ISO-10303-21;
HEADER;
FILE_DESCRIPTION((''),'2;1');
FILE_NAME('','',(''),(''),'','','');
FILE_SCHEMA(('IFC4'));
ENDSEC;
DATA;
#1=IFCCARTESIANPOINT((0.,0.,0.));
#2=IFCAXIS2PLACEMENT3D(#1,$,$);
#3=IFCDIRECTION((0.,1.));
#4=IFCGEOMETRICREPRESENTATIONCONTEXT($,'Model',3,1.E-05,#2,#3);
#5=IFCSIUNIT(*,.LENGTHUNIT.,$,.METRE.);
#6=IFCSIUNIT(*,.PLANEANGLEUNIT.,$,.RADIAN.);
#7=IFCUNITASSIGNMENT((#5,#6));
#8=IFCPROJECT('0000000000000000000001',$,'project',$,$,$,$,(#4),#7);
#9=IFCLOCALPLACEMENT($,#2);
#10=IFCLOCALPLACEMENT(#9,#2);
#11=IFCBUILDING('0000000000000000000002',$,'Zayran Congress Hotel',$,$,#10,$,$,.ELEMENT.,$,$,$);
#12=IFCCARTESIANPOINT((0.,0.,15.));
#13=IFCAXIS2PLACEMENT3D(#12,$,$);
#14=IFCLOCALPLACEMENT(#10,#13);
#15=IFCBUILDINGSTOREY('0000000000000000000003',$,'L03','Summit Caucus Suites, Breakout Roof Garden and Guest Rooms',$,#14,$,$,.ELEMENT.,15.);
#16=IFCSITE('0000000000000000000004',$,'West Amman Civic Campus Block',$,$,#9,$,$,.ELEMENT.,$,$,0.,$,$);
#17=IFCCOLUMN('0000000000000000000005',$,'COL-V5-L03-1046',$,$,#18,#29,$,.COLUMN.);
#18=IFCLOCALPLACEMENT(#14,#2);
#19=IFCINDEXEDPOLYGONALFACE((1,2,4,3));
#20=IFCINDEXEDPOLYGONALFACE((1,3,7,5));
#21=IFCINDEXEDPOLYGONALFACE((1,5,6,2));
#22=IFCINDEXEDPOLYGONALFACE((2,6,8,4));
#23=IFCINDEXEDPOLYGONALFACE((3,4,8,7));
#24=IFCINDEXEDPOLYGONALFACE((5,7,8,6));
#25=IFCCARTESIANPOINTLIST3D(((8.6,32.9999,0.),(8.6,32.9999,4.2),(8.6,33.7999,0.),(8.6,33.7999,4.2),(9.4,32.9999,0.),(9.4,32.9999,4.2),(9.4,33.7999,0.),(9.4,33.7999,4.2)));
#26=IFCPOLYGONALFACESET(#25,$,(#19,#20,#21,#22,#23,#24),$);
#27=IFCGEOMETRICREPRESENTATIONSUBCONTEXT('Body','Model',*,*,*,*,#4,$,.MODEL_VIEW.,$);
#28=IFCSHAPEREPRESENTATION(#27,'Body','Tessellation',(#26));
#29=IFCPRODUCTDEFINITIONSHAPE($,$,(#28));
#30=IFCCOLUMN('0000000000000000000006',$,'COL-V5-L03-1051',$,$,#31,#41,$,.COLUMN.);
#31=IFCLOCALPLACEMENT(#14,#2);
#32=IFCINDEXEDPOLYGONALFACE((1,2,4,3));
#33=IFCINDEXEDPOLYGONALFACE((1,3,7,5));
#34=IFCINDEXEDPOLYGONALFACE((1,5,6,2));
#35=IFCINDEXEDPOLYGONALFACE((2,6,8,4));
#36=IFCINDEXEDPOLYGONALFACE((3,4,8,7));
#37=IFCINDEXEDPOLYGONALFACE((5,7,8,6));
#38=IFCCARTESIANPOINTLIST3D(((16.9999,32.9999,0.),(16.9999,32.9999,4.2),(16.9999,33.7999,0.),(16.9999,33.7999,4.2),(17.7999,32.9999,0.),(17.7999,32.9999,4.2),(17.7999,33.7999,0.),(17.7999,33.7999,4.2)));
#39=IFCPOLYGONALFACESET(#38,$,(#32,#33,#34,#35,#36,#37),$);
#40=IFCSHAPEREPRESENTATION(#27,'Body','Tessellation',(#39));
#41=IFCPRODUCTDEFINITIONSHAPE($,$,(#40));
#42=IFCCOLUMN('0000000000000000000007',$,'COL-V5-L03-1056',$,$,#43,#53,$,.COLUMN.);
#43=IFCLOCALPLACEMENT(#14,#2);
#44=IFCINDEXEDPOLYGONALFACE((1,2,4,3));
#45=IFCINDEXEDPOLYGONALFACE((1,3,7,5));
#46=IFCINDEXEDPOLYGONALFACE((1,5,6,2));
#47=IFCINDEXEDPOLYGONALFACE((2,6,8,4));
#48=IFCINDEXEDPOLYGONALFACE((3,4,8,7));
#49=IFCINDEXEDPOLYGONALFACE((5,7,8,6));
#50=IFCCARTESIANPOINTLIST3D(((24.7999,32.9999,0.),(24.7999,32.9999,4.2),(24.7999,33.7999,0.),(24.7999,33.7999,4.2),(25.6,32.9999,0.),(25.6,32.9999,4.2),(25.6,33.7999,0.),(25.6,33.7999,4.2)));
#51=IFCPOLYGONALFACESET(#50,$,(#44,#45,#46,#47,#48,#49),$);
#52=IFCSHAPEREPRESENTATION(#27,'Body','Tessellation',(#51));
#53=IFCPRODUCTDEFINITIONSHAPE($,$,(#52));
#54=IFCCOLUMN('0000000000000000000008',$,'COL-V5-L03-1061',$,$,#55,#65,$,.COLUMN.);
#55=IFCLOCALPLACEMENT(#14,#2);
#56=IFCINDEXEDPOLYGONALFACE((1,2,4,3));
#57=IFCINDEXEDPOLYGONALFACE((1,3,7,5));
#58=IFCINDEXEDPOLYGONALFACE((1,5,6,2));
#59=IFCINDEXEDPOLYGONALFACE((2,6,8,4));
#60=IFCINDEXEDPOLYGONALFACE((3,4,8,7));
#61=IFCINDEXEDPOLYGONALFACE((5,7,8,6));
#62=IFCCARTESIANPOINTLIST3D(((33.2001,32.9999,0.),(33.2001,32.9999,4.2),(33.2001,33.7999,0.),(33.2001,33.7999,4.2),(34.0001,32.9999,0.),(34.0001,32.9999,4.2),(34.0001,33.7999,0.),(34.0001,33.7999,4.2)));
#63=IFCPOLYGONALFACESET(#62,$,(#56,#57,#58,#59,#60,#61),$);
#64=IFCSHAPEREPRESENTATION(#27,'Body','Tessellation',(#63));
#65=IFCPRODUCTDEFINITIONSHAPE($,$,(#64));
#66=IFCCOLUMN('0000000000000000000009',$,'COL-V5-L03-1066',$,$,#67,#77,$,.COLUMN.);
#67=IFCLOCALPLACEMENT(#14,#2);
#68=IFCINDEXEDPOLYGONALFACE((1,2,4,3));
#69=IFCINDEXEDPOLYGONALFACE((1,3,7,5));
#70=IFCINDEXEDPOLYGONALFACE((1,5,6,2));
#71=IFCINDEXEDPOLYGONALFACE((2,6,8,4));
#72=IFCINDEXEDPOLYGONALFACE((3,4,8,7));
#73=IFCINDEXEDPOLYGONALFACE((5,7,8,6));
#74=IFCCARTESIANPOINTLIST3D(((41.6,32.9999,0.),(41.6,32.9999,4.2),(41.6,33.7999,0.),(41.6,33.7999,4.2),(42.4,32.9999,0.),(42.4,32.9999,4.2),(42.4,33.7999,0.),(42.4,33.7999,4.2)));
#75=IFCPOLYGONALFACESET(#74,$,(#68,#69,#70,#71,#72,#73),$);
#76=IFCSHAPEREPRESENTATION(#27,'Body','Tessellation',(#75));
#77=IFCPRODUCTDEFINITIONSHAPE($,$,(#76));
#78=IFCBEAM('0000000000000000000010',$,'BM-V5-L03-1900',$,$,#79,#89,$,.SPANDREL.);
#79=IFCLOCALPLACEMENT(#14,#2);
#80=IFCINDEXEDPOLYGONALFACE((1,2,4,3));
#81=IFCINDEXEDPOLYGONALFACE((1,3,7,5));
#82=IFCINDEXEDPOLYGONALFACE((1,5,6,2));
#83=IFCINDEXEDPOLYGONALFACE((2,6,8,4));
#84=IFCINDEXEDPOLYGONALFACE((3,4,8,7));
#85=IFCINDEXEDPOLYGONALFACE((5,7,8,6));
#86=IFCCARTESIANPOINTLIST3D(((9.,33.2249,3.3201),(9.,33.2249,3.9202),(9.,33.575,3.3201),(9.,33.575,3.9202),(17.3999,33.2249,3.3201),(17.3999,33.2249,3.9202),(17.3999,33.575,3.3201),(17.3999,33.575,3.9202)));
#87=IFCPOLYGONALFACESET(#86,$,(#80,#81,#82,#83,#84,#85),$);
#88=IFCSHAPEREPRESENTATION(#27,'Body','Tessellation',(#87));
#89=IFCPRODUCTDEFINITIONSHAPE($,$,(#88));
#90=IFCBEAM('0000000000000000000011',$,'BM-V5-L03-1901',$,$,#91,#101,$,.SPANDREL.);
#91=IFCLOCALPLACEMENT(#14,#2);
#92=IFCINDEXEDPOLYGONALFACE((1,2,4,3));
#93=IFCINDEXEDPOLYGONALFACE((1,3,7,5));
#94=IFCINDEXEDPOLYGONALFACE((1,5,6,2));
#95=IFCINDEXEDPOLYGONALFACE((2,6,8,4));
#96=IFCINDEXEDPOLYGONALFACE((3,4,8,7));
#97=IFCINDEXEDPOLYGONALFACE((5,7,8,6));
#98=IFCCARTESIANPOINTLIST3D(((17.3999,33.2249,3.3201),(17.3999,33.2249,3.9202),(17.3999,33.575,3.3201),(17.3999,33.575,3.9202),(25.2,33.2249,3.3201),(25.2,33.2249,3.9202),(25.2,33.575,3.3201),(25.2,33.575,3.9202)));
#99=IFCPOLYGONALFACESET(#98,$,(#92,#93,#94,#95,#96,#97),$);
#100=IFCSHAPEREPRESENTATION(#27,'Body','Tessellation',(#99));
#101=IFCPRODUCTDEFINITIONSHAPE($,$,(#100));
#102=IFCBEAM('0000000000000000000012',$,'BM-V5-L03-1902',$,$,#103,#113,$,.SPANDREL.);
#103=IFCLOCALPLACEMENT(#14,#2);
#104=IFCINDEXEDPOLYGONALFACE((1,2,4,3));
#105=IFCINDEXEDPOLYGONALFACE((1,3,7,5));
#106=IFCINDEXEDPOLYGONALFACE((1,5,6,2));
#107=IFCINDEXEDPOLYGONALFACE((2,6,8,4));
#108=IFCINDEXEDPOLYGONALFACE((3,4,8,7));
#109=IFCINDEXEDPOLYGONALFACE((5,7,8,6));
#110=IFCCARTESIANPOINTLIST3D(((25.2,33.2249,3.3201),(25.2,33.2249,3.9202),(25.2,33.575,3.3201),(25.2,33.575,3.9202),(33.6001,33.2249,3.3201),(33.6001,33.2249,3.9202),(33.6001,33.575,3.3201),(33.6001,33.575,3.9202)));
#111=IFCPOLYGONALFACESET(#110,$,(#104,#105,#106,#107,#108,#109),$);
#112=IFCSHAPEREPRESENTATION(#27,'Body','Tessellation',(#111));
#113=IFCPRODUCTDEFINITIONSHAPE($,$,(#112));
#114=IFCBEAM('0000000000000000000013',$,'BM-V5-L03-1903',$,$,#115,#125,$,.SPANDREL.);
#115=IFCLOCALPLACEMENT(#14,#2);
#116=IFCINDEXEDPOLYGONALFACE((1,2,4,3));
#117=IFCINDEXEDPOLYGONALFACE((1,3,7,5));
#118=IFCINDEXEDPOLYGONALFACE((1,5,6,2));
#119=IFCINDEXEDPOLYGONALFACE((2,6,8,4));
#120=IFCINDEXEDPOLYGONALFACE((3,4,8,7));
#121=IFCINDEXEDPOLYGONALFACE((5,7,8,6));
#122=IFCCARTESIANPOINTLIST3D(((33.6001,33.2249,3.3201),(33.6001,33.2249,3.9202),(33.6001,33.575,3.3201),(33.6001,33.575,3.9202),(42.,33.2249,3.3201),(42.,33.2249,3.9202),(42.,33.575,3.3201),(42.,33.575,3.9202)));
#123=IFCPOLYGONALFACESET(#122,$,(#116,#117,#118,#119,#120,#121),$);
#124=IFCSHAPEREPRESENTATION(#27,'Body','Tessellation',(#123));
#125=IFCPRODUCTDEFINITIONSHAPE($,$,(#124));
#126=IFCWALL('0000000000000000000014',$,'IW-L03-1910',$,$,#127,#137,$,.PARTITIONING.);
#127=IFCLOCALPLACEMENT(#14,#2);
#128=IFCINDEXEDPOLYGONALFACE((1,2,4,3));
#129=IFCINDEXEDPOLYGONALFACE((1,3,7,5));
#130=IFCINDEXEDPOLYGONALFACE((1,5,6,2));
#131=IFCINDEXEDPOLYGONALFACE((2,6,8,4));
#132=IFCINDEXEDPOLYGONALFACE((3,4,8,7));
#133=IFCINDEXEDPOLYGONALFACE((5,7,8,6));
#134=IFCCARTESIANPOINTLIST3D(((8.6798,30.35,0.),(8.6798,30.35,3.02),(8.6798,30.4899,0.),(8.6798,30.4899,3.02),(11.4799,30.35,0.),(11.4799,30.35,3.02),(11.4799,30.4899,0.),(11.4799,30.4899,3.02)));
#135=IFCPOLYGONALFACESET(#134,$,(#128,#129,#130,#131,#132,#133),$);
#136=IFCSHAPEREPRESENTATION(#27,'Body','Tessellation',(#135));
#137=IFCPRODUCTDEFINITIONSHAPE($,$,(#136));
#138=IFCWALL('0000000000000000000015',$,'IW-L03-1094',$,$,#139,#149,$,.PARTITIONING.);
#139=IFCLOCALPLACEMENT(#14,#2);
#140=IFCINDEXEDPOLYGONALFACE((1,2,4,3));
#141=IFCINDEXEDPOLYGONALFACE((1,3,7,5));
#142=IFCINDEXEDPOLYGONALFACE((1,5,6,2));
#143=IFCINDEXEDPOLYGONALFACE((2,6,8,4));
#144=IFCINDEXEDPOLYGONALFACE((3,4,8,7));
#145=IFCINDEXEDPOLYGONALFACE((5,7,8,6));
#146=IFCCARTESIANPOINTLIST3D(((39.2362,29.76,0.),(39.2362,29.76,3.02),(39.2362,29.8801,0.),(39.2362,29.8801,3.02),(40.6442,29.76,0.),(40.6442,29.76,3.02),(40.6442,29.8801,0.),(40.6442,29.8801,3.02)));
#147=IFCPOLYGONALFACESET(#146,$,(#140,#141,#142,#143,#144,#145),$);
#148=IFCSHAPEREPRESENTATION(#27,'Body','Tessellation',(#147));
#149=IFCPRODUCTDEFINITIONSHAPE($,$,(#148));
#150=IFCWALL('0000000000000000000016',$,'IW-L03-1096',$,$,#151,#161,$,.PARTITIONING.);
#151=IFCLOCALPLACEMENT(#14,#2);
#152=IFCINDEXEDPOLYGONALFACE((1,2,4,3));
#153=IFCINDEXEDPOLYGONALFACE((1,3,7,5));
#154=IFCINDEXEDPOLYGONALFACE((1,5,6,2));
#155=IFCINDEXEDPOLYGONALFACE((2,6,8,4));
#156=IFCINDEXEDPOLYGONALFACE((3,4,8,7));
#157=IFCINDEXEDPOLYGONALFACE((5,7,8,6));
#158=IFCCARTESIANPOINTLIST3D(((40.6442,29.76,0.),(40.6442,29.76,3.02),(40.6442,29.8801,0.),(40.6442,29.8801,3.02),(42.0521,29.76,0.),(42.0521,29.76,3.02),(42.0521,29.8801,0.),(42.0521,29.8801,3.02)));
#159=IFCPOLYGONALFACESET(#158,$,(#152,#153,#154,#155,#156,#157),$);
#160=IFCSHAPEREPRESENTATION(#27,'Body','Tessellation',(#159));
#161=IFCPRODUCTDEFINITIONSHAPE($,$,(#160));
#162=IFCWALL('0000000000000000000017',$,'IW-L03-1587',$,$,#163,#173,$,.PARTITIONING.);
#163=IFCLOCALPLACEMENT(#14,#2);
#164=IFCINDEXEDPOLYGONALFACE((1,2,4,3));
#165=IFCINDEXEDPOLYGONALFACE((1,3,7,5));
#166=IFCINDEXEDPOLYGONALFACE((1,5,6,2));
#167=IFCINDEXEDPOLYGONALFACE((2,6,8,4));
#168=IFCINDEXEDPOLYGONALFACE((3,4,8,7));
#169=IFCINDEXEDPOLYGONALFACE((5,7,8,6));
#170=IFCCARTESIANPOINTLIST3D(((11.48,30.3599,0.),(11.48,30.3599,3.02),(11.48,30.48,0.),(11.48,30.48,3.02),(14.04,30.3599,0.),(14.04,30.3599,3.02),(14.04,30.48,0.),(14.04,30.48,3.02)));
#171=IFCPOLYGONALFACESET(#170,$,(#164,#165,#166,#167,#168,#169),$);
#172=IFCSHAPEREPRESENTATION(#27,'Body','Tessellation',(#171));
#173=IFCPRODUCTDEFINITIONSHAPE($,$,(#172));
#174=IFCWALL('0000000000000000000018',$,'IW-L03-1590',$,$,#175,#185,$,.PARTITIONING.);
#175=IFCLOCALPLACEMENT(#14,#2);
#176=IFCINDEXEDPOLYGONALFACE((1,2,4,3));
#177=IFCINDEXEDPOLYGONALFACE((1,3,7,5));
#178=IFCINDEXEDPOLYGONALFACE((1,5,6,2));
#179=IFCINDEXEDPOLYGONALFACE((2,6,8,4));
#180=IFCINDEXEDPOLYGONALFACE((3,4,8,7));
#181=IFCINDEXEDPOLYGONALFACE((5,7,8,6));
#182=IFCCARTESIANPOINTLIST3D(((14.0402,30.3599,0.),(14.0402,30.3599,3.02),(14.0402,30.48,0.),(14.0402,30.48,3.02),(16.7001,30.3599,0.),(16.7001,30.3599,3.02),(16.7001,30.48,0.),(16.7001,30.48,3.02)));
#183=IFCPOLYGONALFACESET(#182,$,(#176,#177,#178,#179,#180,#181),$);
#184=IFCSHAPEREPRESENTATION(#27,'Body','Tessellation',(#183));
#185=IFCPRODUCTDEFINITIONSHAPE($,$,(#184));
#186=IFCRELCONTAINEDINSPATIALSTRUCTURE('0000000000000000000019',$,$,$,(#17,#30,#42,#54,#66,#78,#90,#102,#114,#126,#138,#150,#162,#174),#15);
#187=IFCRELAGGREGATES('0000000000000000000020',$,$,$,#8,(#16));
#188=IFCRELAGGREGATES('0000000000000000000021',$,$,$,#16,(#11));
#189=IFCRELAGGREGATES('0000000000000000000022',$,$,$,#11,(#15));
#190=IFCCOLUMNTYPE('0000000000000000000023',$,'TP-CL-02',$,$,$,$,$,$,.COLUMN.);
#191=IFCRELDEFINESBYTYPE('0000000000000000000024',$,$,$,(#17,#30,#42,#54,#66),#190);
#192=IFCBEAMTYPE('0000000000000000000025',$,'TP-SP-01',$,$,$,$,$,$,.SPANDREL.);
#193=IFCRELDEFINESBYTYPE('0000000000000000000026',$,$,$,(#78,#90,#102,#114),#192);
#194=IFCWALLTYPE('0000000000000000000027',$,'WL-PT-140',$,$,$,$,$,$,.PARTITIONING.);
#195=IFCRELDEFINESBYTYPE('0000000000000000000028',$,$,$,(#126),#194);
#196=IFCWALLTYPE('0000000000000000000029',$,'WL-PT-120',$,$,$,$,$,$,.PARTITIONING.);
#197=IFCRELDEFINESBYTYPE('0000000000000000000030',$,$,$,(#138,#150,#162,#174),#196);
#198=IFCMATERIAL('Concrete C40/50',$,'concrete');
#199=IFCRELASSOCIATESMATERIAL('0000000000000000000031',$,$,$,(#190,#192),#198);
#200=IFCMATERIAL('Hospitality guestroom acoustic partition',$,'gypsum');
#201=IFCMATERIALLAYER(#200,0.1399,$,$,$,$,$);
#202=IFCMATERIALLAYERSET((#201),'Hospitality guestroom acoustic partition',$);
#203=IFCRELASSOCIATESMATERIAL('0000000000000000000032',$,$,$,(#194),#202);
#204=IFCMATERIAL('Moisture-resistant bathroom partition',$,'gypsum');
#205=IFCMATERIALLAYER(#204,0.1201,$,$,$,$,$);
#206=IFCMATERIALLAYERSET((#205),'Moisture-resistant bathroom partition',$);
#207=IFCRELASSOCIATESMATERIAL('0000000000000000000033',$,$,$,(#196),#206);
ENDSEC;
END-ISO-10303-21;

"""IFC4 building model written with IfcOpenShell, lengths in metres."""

from ifc_helpers import new_model, si_unit, direction, frame, frame_2d, origin, origin_2d, place, context, subcontext, project, spatial, rectangle, extrude, material, layer, layer_set, material_profile, profile_set, type_object, element, save


model = new_model("IFC4")

# Units and contexts
model_context = context("Model", 3, precision=1e-05, world=origin(), true_north=direction((0.0, 1.0)))
body_context = subcontext(model_context, "Body", "Model", "MODEL_VIEW")
ifc_project = project(units=[si_unit("LENGTHUNIT", "METRE"), si_unit("PLANEANGLEUNIT", "RADIAN")], contexts=[model_context])

# Site, building, storey
site_placement = place(None, origin())
site = spatial("IfcSite", under=ifc_project, at=site_placement, Name="West Amman Civic Campus Block", CompositionType="ELEMENT", RefElevation=0.0)
building_placement = place(site_placement, origin())
building = spatial("IfcBuilding", under=site, at=building_placement, Name="Zayran Congress Hotel", CompositionType="ELEMENT")
storey_placement = place(building_placement, frame((0.0, 0.0, 15.0)))
storey = spatial("IfcBuildingStorey", under=building, at=storey_placement, Name="L03", Description="Summit Caucus Suites, Breakout Roof Garden and Guest Rooms", CompositionType="ELEMENT", Elevation=15.0)

# Columns
ifc_material_1 = material(Name="Concrete C40/50", Category="concrete")
ifc_material_profile_1 = material_profile(ifc_material_1, rectangle(XDim=0.8, YDim=0.8, at=origin_2d()), Name="RC 800x800")
ifc_profile_set_1 = profile_set([ifc_material_profile_1], Name="Concrete C40/50")
column_type = type_object("IfcColumnType", Name="TP-CL-02", PredefinedType="COLUMN", material=ifc_profile_set_1)
for number, where, z_axis, x_axis, name in (
    (1, (9.0, 33.3999, 0.0), (0.0, 0.0, 1.0), (1.0, 0.0, 0.0), "COL-V5-L03-1046"),
    (2, (17.3999, 33.3999, 0.0), (0.0, 0.0, 1.0), (1.0, 0.0, 0.0), "COL-V5-L03-1051"),
    (3, (25.2, 33.3999, 0.0), (0.0, 0.0, 1.0), (1.0, 0.0, 0.0), "COL-V5-L03-1056"),
    (4, (33.6001, 33.3999, 0.0), (0.0, 0.0, 1.0), (1.0, 0.0, 0.0), "COL-V5-L03-1061"),
    (5, (42.0, 33.3999, 0.0), (0.0, 0.0, 1.0), (1.0, 0.0, 0.0), "COL-V5-L03-1066"),
):
    element("IfcColumn", number, at=place(storey_placement, frame(where, z_axis=z_axis, x_axis=x_axis)), inside=storey, type_object=column_type, Name=name, PredefinedType="COLUMN", context=body_context, shape_type="SweptSolid", body=[
        extrude(rectangle(XDim=0.8, YDim=0.8, at=origin_2d()), origin(), (0.0, 0.0, 1.0), 4.2),
    ])

# Beams
ifc_material_profile_2 = material_profile(ifc_material_1, rectangle(XDim=0.3501, YDim=0.6001, at=origin_2d()), Name="RC 350x600")
ifc_profile_set_2 = profile_set([ifc_material_profile_2], Name="Concrete C40/50")
beam_type = type_object("IfcBeamType", Name="TP-SP-01", PredefinedType="SPANDREL", material=ifc_profile_set_2)
beam_1_placement = place(storey_placement, frame((9.0, 33.3999, 3.6201), z_axis=(1.0, 0.0, 0.0), x_axis=(0.0, 1.0, 0.0)))
element("IfcBeam", 6, at=beam_1_placement, inside=storey, type_object=beam_type, Name="BM-V5-L03-1900", PredefinedType="SPANDREL", context=body_context, shape_type="SweptSolid", body=[
    extrude(rectangle(XDim=0.3501, YDim=0.6001, at=origin_2d()), origin(), (0.0, 0.0, 1.0), 8.3999),
])
beam_2_placement = place(storey_placement, frame((17.3999, 33.3999, 3.6201), z_axis=(1.0, 0.0, 0.0), x_axis=(0.0, 1.0, 0.0)))
element("IfcBeam", 7, at=beam_2_placement, inside=storey, type_object=beam_type, Name="BM-V5-L03-1901", PredefinedType="SPANDREL", context=body_context, shape_type="SweptSolid", body=[
    extrude(rectangle(XDim=0.3501, YDim=0.6001, at=origin_2d()), origin(), (0.0, 0.0, 1.0), 7.8),
])
beam_3_placement = place(storey_placement, frame((25.2, 33.3999, 3.6201), z_axis=(1.0, 0.0, 0.0), x_axis=(0.0, 1.0, 0.0)))
element("IfcBeam", 8, at=beam_3_placement, inside=storey, type_object=beam_type, Name="BM-V5-L03-1902", PredefinedType="SPANDREL", context=body_context, shape_type="SweptSolid", body=[
    extrude(rectangle(XDim=0.3501, YDim=0.6001, at=origin_2d()), origin(), (0.0, 0.0, 1.0), 8.4001),
])
beam_4_placement = place(storey_placement, frame((33.6001, 33.3999, 3.6201), z_axis=(1.0, 0.0, 0.0), x_axis=(0.0, 1.0, 0.0)))
element("IfcBeam", 9, at=beam_4_placement, inside=storey, type_object=beam_type, Name="BM-V5-L03-1903", PredefinedType="SPANDREL", context=body_context, shape_type="SweptSolid", body=[
    extrude(rectangle(XDim=0.3501, YDim=0.6001, at=origin_2d()), origin(), (0.0, 0.0, 1.0), 8.3999),
])

# Walls
ifc_material_2 = material(Name="Hospitality guestroom acoustic partition", Category="gypsum")
ifc_layer_1 = layer(ifc_material_2, 0.1399)
ifc_layer_set_1 = layer_set([ifc_layer_1], Name="Hospitality guestroom acoustic partition")
wall_type_1 = type_object("IfcWallType", Name="WL-PT-140", PredefinedType="PARTITIONING", material=ifc_layer_set_1)
wall_1_placement = place(storey_placement, frame((8.6799, 30.4199, 0.0), z_axis=(0.0, 0.0, 1.0), x_axis=(1.0, 0.0, 0.0)))
element("IfcWall", 10, at=wall_1_placement, inside=storey, type_object=wall_type_1, Name="IW-L03-1910", PredefinedType="PARTITIONING", context=body_context, shape_type="SweptSolid", body=[
    extrude(rectangle(XDim=2.8, YDim=0.1399, at=frame_2d((1.3999, 0.0))), origin(), (0.0, 0.0, 1.0), 3.02),
])
ifc_material_3 = material(Name="Moisture-resistant bathroom partition", Category="gypsum")
ifc_layer_2 = layer(ifc_material_3, 0.1201)
ifc_layer_set_2 = layer_set([ifc_layer_2], Name="Moisture-resistant bathroom partition")
wall_type_2 = type_object("IfcWallType", Name="WL-PT-120", PredefinedType="PARTITIONING", material=ifc_layer_set_2)
for number, where, z_axis, x_axis, name in (
    (11, (39.2361, 29.8201, 0.0), (0.0, 0.0, 1.0), (1.0, 0.0, 0.0), "IW-L03-1094"),
    (12, (40.644, 29.8201, 0.0), (0.0, 0.0, 1.0), (1.0, 0.0, 0.0), "IW-L03-1096"),
):
    element("IfcWall", number, at=place(storey_placement, frame(where, z_axis=z_axis, x_axis=x_axis)), inside=storey, type_object=wall_type_2, Name=name, PredefinedType="PARTITIONING", context=body_context, shape_type="SweptSolid", body=[
        extrude(rectangle(XDim=1.408, YDim=0.1201, at=frame_2d((0.7041, 0.0))), origin(), (0.0, 0.0, 1.0), 3.02),
    ])
wall_2_placement = place(storey_placement, frame((11.48, 30.4199, 0.0), z_axis=(0.0, 0.0, 1.0), x_axis=(1.0, 0.0, 0.0)))
element("IfcWall", 13, at=wall_2_placement, inside=storey, type_object=wall_type_2, Name="IW-L03-1587", PredefinedType="PARTITIONING", context=body_context, shape_type="SweptSolid", body=[
    extrude(rectangle(XDim=2.5601, YDim=0.1201, at=frame_2d((1.28, 0.0))), origin(), (0.0, 0.0, 1.0), 3.02),
])
wall_3_placement = place(storey_placement, frame((14.04, 30.4199, 0.0), z_axis=(0.0, 0.0, 1.0), x_axis=(1.0, 0.0, 0.0)))
element("IfcWall", 14, at=wall_3_placement, inside=storey, type_object=wall_type_2, Name="IW-L03-1590", PredefinedType="PARTITIONING", context=body_context, shape_type="SweptSolid", body=[
    extrude(rectangle(XDim=2.6599, YDim=0.1201, at=frame_2d((1.3301, 0.0))), origin(), (0.0, 0.0, 1.0), 3.02),
])

save(model, "model.ifc")
